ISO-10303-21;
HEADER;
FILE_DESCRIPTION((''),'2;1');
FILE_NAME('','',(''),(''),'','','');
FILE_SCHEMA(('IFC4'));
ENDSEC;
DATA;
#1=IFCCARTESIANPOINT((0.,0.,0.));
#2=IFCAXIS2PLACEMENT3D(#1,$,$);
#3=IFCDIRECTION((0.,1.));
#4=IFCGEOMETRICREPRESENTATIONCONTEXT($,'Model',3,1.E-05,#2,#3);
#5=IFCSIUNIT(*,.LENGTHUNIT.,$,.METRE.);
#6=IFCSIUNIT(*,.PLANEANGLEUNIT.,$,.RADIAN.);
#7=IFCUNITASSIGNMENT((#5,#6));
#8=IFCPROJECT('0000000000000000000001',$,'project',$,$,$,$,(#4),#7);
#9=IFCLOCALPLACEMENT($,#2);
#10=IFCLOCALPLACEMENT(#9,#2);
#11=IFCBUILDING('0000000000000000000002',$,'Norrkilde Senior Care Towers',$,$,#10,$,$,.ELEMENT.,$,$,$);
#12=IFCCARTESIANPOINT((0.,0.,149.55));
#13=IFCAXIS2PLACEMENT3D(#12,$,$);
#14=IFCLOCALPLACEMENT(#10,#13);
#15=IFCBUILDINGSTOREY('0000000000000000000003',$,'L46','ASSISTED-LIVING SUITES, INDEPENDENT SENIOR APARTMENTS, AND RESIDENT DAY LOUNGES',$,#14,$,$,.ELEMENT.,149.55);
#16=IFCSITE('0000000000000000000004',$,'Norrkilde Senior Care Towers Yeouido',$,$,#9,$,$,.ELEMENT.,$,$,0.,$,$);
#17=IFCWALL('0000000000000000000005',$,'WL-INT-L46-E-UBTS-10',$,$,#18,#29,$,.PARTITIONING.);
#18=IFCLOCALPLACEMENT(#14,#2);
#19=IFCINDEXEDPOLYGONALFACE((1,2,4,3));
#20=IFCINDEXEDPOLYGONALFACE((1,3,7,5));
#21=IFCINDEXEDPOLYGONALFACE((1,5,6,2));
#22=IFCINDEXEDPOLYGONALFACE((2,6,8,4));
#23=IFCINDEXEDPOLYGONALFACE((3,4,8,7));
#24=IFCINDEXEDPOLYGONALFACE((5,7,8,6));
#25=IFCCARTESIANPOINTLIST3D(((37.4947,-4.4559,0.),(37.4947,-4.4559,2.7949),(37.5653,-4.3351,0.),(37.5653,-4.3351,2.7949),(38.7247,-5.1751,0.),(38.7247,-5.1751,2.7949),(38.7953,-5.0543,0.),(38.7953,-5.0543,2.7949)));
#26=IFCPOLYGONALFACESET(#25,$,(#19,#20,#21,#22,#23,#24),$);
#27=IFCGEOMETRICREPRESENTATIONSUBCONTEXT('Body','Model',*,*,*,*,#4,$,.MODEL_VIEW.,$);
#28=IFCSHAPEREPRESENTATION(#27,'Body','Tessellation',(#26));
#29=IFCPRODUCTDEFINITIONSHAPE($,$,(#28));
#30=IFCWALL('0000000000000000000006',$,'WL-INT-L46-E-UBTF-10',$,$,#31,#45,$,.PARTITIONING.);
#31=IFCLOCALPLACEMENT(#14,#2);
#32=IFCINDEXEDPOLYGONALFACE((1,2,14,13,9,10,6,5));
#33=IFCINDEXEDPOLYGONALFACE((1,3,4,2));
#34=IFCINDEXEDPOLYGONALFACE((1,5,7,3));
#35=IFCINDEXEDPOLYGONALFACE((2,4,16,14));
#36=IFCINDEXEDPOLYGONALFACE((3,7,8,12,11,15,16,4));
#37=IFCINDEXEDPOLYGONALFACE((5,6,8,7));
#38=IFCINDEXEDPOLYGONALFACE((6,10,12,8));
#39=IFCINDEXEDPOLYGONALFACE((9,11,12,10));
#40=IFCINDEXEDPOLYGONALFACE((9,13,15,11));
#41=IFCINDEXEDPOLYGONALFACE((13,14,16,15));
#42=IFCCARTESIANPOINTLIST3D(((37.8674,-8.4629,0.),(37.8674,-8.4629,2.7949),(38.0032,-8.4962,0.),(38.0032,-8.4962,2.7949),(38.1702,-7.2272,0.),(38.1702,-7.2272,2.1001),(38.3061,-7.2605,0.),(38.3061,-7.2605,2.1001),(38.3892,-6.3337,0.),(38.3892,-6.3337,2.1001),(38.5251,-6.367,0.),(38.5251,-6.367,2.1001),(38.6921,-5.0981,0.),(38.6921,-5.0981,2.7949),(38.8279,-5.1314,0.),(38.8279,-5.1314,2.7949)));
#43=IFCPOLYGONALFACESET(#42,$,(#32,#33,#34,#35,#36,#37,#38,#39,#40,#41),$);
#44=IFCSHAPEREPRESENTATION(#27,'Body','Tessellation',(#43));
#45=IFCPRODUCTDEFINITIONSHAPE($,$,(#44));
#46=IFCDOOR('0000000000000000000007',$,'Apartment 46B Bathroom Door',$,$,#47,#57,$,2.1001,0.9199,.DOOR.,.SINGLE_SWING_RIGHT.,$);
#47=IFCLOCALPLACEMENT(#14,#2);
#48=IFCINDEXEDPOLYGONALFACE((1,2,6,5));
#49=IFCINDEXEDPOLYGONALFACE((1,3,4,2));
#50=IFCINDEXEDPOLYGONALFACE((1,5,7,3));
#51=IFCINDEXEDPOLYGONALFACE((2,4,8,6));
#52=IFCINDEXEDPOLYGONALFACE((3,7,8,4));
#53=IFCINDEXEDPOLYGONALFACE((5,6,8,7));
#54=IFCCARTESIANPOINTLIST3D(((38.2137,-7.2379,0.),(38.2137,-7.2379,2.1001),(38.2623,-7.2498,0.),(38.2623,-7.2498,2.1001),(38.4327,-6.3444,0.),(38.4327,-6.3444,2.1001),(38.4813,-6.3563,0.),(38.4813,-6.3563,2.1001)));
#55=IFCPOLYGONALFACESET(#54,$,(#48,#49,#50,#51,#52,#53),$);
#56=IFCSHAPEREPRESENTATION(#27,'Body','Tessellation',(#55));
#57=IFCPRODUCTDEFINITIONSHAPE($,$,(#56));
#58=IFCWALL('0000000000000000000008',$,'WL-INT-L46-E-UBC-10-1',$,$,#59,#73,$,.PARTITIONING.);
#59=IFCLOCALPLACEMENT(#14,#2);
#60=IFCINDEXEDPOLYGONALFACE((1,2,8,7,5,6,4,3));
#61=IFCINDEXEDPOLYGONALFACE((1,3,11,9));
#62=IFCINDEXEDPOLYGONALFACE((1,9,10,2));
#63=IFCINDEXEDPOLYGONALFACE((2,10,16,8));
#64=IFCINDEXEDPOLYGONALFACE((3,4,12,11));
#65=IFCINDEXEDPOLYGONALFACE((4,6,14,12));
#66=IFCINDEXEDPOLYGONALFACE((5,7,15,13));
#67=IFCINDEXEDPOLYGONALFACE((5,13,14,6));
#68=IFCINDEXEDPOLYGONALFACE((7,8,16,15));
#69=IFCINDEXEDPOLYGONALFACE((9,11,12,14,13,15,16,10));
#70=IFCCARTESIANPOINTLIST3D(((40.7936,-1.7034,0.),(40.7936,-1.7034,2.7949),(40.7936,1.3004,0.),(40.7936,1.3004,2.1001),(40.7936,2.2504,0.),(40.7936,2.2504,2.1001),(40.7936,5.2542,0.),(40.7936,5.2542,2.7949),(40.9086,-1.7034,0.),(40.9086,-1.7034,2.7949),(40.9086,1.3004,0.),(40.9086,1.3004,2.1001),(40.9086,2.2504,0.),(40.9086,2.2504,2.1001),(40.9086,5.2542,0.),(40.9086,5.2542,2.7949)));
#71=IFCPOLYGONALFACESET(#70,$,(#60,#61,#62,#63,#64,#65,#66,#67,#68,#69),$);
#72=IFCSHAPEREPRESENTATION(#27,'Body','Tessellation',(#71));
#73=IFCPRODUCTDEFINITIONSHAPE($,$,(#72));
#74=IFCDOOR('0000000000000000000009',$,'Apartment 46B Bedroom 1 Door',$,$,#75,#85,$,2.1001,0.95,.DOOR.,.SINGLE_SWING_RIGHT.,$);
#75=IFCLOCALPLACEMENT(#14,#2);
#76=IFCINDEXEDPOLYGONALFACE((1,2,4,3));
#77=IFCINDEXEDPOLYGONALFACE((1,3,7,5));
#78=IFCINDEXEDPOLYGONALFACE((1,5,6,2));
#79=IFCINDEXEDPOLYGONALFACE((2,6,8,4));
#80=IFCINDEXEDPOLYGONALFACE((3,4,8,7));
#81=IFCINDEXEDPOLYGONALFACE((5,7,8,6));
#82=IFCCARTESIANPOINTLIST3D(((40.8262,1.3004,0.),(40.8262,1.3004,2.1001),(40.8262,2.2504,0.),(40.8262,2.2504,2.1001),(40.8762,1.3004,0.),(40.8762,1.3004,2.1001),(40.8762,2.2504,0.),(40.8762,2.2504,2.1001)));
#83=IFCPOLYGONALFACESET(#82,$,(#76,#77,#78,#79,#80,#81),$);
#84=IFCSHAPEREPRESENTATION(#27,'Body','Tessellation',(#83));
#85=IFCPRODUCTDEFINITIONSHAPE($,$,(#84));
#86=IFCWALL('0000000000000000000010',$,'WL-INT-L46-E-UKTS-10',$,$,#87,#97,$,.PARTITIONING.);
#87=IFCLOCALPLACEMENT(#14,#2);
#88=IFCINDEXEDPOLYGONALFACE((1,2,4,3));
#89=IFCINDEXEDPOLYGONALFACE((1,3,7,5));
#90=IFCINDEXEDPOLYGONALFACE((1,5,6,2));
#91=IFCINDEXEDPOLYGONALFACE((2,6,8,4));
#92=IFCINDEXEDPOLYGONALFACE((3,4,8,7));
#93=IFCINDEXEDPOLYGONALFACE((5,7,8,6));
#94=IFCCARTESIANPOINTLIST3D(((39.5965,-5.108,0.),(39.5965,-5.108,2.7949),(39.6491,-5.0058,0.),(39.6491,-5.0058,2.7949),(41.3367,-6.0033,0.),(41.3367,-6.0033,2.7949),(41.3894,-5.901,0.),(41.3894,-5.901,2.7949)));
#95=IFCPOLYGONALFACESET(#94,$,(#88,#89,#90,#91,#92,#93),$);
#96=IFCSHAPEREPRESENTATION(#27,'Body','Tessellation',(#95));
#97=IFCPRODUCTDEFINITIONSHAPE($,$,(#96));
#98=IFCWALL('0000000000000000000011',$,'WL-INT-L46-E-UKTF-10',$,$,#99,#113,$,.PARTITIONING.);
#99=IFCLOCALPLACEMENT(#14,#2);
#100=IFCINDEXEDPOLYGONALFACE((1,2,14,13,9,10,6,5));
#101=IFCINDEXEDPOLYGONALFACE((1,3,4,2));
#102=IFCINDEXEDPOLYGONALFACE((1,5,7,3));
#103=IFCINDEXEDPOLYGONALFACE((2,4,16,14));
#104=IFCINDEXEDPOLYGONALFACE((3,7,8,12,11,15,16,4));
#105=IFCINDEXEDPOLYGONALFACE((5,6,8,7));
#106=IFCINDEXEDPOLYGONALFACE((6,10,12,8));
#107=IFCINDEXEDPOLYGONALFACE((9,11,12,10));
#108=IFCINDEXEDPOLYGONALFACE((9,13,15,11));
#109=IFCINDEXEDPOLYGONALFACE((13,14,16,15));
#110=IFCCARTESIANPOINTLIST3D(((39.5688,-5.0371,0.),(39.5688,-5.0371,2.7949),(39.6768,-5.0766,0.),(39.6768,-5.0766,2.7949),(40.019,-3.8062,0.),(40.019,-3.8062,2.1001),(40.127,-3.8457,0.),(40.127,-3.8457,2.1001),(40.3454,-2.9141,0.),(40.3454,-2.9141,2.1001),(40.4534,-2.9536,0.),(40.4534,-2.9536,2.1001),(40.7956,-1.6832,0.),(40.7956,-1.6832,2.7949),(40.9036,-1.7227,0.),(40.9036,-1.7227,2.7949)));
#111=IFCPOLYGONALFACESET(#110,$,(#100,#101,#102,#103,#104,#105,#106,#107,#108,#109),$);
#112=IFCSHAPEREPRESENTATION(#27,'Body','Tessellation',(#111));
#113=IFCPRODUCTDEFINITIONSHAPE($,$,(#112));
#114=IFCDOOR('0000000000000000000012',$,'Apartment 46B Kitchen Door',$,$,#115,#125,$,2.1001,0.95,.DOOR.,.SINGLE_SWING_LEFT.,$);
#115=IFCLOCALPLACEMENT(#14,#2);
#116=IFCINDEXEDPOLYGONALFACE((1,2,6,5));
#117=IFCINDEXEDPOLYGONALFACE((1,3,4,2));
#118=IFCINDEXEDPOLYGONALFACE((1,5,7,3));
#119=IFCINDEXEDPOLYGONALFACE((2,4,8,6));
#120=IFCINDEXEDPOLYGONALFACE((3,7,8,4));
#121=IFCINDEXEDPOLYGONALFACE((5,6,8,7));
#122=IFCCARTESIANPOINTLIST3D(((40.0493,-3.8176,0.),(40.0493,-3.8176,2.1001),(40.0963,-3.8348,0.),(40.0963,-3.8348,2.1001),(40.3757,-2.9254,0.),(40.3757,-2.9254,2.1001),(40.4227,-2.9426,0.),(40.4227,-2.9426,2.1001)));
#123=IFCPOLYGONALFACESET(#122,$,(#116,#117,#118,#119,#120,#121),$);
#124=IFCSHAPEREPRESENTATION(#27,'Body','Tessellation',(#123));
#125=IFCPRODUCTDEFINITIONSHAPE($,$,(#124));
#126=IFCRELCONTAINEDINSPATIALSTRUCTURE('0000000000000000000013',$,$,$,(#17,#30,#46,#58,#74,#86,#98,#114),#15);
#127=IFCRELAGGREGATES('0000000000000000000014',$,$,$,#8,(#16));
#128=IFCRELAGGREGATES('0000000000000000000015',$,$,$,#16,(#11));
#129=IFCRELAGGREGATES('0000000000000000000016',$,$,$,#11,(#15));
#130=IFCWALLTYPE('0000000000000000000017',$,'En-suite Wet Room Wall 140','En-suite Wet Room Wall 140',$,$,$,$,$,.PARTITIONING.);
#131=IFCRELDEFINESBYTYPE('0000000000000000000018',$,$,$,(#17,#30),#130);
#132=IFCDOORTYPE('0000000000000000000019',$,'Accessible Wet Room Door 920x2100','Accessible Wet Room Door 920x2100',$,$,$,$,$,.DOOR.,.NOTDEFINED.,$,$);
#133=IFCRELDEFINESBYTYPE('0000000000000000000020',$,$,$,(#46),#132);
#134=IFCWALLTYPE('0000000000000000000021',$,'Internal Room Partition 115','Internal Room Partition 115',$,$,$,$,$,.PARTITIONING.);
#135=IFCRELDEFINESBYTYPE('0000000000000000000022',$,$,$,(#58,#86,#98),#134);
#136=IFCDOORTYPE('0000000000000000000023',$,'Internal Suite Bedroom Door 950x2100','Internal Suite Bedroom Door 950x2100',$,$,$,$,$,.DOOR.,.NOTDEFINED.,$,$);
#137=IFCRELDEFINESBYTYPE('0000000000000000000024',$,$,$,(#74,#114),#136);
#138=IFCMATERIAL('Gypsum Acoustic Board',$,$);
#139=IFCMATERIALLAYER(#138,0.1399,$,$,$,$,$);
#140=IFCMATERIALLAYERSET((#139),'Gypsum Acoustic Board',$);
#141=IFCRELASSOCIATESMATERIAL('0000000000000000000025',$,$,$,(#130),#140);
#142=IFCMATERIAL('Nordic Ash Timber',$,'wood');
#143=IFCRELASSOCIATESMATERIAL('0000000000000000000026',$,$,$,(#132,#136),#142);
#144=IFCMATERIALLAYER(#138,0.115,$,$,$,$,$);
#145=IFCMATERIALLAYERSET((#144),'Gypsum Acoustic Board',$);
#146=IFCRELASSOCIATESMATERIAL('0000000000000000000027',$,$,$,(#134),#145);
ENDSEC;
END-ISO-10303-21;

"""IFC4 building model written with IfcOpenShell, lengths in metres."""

from ifc_helpers import new_model, si_unit, direction, frame, frame_2d, origin, place, context, subcontext, project, spatial, rectangle, extrude, source, transform, mapped, material, layer, layer_set, type_object, type_shapes, element, fill, save


model = new_model("IFC4")

# Units and contexts
model_context = context("Model", 3, precision=1e-05, world=origin(), true_north=direction((0.0, 1.0)))
body_context = subcontext(model_context, "Body", "Model", "MODEL_VIEW")
ifc_project = project(units=[si_unit("LENGTHUNIT", "METRE"), si_unit("PLANEANGLEUNIT", "RADIAN")], contexts=[model_context])

# Site, building, storey
site_placement = place(None, origin())
site = spatial("IfcSite", under=ifc_project, at=site_placement, Name="Norrkilde Senior Care Towers Yeouido", CompositionType="ELEMENT", RefElevation=0.0)
building_placement = place(site_placement, origin())
building = spatial("IfcBuilding", under=site, at=building_placement, Name="Norrkilde Senior Care Towers", CompositionType="ELEMENT")
storey_placement = place(building_placement, frame((0.0, 0.0, 149.55)))
storey = spatial("IfcBuildingStorey", under=building, at=storey_placement, Name="L46", Description="ASSISTED-LIVING SUITES, INDEPENDENT SENIOR APARTMENTS, AND RESIDENT DAY LOUNGES", CompositionType="ELEMENT", Elevation=149.55)

# Shared definitions
ifc_material_1 = material(Name="Gypsum Acoustic Board")
ifc_material_2 = material(Name="Nordic Ash Timber", Category="wood")

# Wall
ifc_layer_1 = layer(ifc_material_1, 0.1399)
ifc_layer_set_1 = layer_set([ifc_layer_1], Name="Gypsum Acoustic Board")
wall_type_1 = type_object("IfcWallType", Name="En-suite Wet Room Wall 140", Description="En-suite Wet Room Wall 140", PredefinedType="PARTITIONING", material=ifc_layer_set_1)
shared_shape_1 = source(origin(), body_context, "Body", "SweptSolid", [
    extrude(rectangle(XDim=1.4248, YDim=0.1399, at=frame_2d((0.7124, 0.0))), origin(), (0.0, 0.0, 1.0), 2.7949),
])
wall_1_placement = place(storey_placement, frame((37.53, -4.3955, 0.0), z_axis=(0.0, 0.0, 1.0), x_axis=(0.863244, -0.504787, 0.0)))
element("IfcWall", 1, at=wall_1_placement, inside=storey, type_object=wall_type_1, Name="WL-INT-L46-E-UBTS-10", PredefinedType="PARTITIONING", context=body_context, shape_type="MappedRepresentation", body=[
    mapped(shared_shape_1, transform((0.0, 0.0, 0.0), x_axis=(1.0, 0.0, 0.0), y_axis=(0.0, 1.0, 0.0), z_axis=(0.0, 0.0, 1.0), scale=1.0)),
])

# Walls, openings, doors
shared_shape_2 = source(origin(), body_context, "Body", "SweptSolid", [
    extrude(rectangle(XDim=3.4644, YDim=0.1399, at=frame_2d((1.7322, 0.0))), origin(), (0.0, 0.0, 1.0), 2.7949),
])
type_shapes(wall_type_1, [shared_shape_1, shared_shape_2])
wall_2_placement = place(storey_placement, frame((38.76, -5.1147, 0.0), z_axis=(0.0, 0.0, 1.0), x_axis=(-0.238056, -0.971251, 0.0)))
wall_2 = element("IfcWall", 2, at=wall_2_placement, inside=storey, type_object=wall_type_1, Name="WL-INT-L46-E-UBTF-10", PredefinedType="PARTITIONING", context=body_context, shape_type="MappedRepresentation", body=[
    mapped(shared_shape_2, transform((0.0, 0.0, 0.0), x_axis=(1.0, 0.0, 0.0), y_axis=(0.0, 1.0, 0.0), z_axis=(0.0, 0.0, 1.0), scale=1.0)),
])
opening_1_placement = place(wall_2_placement, frame((1.2722, 0.0, 0.0)))
opening_1 = element("IfcOpeningElement", 3, at=opening_1_placement, cuts=wall_2, PredefinedType="OPENING", context=body_context, shape_type="SweptSolid", body=[
    extrude(rectangle(XDim=0.9199, YDim=2.1001, at=frame_2d((0.46, 1.05))), frame((0.0, 0.0798, 0.0), z_axis=(0.0, -1.0, 0.0), x_axis=(1.0, 0.0, 0.0)), (0.0, 0.0, 1.0), 0.1599),
])
door_type_1 = type_object("IfcDoorType", Name="Accessible Wet Room Door 920x2100", Description="Accessible Wet Room Door 920x2100", OperationType="NOTDEFINED", PredefinedType="DOOR", material=ifc_material_2)
shared_shape_3 = source(origin(), body_context, "Body", "SweptSolid", [
    extrude(rectangle(XDim=0.9199, YDim=2.1001, at=frame_2d((0.46, 1.05))), frame((0.0, 0.0249, 0.0), z_axis=(0.0, -1.0, 0.0), x_axis=(1.0, 0.0, 0.0)), (0.0, 0.0, 1.0), 0.05),
])
type_shapes(door_type_1, [shared_shape_3])
door_1_placement = place(opening_1_placement, origin())
door_1 = element("IfcDoor", 4, at=door_1_placement, inside=storey, type_object=door_type_1, Name="Apartment 46B Bathroom Door", OperationType="SINGLE_SWING_RIGHT", OverallHeight=2.1001, OverallWidth=0.9199, PredefinedType="DOOR", context=body_context, shape_type="MappedRepresentation", body=[
    mapped(shared_shape_3, transform((0.0, 0.0, 0.0), x_axis=(1.0, 0.0, 0.0), y_axis=(0.0, 1.0, 0.0), z_axis=(0.0, 0.0, 1.0), scale=1.0)),
])
fill(opening_1, door_1)
ifc_layer_2 = layer(ifc_material_1, 0.115)
ifc_layer_set_2 = layer_set([ifc_layer_2], Name="Gypsum Acoustic Board")
wall_type_2 = type_object("IfcWallType", Name="Internal Room Partition 115", Description="Internal Room Partition 115", PredefinedType="PARTITIONING", material=ifc_layer_set_2)
shared_shape_4 = source(origin(), body_context, "Body", "SweptSolid", [
    extrude(rectangle(XDim=6.9575, YDim=0.115, at=frame_2d((3.4788, 0.0))), origin(), (0.0, 0.0, 1.0), 2.7949),
])
wall_3_placement = place(storey_placement, frame((40.8511, -1.7034, 0.0), z_axis=(0.0, 0.0, 1.0), x_axis=(0.0, 1.0, 0.0)))
wall_3 = element("IfcWall", 5, at=wall_3_placement, inside=storey, type_object=wall_type_2, Name="WL-INT-L46-E-UBC-10-1", PredefinedType="PARTITIONING", context=body_context, shape_type="MappedRepresentation", body=[
    mapped(shared_shape_4, transform((0.0, 0.0, 0.0), x_axis=(1.0, 0.0, 0.0), y_axis=(0.0, 1.0, 0.0), z_axis=(0.0, 0.0, 1.0), scale=1.0)),
])
opening_2_placement = place(wall_3_placement, frame((3.0037, 0.0, 0.0)))
opening_2 = element("IfcOpeningElement", 6, at=opening_2_placement, cuts=wall_3, PredefinedType="OPENING", context=body_context, shape_type="SweptSolid", body=[
    extrude(rectangle(XDim=0.95, YDim=2.1001, at=frame_2d((0.4751, 1.05))), frame((0.0, 0.0674, 0.0), z_axis=(0.0, -1.0, 0.0), x_axis=(1.0, 0.0, 0.0)), (0.0, 0.0, 1.0), 0.135),
])
door_type_2 = type_object("IfcDoorType", Name="Internal Suite Bedroom Door 950x2100", Description="Internal Suite Bedroom Door 950x2100", OperationType="NOTDEFINED", PredefinedType="DOOR", material=ifc_material_2)
shared_shape_5 = source(origin(), body_context, "Body", "SweptSolid", [
    extrude(rectangle(XDim=0.95, YDim=2.1001, at=frame_2d((0.4751, 1.05))), frame((0.0, 0.0249, 0.0), z_axis=(0.0, -1.0, 0.0), x_axis=(1.0, 0.0, 0.0)), (0.0, 0.0, 1.0), 0.05),
])
type_shapes(door_type_2, [shared_shape_5])
door_2_placement = place(opening_2_placement, origin())
door_2 = element("IfcDoor", 7, at=door_2_placement, inside=storey, type_object=door_type_2, Name="Apartment 46B Bedroom 1 Door", OperationType="SINGLE_SWING_RIGHT", OverallHeight=2.1001, OverallWidth=0.95, PredefinedType="DOOR", context=body_context, shape_type="MappedRepresentation", body=[
    mapped(shared_shape_5, transform((0.0, 0.0, 0.0), x_axis=(1.0, 0.0, 0.0), y_axis=(0.0, 1.0, 0.0), z_axis=(0.0, 0.0, 1.0), scale=1.0)),
])
fill(opening_2, door_2)

# Wall
shared_shape_6 = source(origin(), body_context, "Body", "SweptSolid", [
    extrude(rectangle(XDim=1.957, YDim=0.115, at=frame_2d((0.9785, 0.0))), origin(), (0.0, 0.0, 1.0), 2.7949),
])
wall_4_placement = place(storey_placement, frame((39.6228, -5.0569, 0.0), z_axis=(0.0, 0.0, 1.0), x_axis=(0.889228, -0.457464, 0.0)))
element("IfcWall", 8, at=wall_4_placement, inside=storey, type_object=wall_type_2, Name="WL-INT-L46-E-UKTS-10", PredefinedType="PARTITIONING", context=body_context, shape_type="MappedRepresentation", body=[
    mapped(shared_shape_6, transform((0.0, 0.0, 0.0), x_axis=(1.0, 0.0, 0.0), y_axis=(0.0, 1.0, 0.0), z_axis=(0.0, 0.0, 1.0), scale=1.0)),
])

# Wall, opening, door
shared_shape_7 = source(origin(), body_context, "Body", "SweptSolid", [
    extrude(rectangle(XDim=3.5713, YDim=0.115, at=frame_2d((1.7856, 0.0))), origin(), (0.0, 0.0, 1.0), 2.7949),
])
type_shapes(wall_type_2, [shared_shape_4, shared_shape_6, shared_shape_7])
wall_5_placement = place(storey_placement, frame((39.6228, -5.0569, 0.0), z_axis=(0.0, 0.0, 1.0), x_axis=(0.343515, 0.939147, 0.0)))
wall_5 = element("IfcWall", 9, at=wall_5_placement, inside=storey, type_object=wall_type_2, Name="WL-INT-L46-E-UKTF-10", PredefinedType="PARTITIONING", context=body_context, shape_type="MappedRepresentation", body=[
    mapped(shared_shape_7, transform((0.0, 0.0, 0.0), x_axis=(1.0, 0.0, 0.0), y_axis=(0.0, 1.0, 0.0), z_axis=(0.0, 0.0, 1.0), scale=1.0)),
])
opening_3_placement = place(wall_5_placement, frame((1.3105, 0.0, 0.0)))
opening_3 = element("IfcOpeningElement", 10, at=opening_3_placement, cuts=wall_5, PredefinedType="OPENING", context=body_context, shape_type="SweptSolid", body=[
    extrude(rectangle(XDim=0.95, YDim=2.1001, at=frame_2d((0.4751, 1.05))), frame((0.0, 0.0674, 0.0), z_axis=(0.0, -1.0, 0.0), x_axis=(1.0, 0.0, 0.0)), (0.0, 0.0, 1.0), 0.135),
])
door_3_placement = place(opening_3_placement, frame((0.95, 0.0, 0.0), z_axis=(0.0, 0.0, 1.0), x_axis=(-1.0, 0.0, 0.0)))
door_3 = element("IfcDoor", 11, at=door_3_placement, inside=storey, type_object=door_type_2, Name="Apartment 46B Kitchen Door", OperationType="SINGLE_SWING_LEFT", OverallHeight=2.1001, OverallWidth=0.95, PredefinedType="DOOR", context=body_context, shape_type="MappedRepresentation", body=[
    mapped(shared_shape_5, transform((0.0, 0.0, 0.0), x_axis=(1.0, 0.0, 0.0), y_axis=(0.0, 1.0, 0.0), z_axis=(0.0, 0.0, 1.0), scale=1.0)),
])
fill(opening_3, door_3)

save(model, "model.ifc")
